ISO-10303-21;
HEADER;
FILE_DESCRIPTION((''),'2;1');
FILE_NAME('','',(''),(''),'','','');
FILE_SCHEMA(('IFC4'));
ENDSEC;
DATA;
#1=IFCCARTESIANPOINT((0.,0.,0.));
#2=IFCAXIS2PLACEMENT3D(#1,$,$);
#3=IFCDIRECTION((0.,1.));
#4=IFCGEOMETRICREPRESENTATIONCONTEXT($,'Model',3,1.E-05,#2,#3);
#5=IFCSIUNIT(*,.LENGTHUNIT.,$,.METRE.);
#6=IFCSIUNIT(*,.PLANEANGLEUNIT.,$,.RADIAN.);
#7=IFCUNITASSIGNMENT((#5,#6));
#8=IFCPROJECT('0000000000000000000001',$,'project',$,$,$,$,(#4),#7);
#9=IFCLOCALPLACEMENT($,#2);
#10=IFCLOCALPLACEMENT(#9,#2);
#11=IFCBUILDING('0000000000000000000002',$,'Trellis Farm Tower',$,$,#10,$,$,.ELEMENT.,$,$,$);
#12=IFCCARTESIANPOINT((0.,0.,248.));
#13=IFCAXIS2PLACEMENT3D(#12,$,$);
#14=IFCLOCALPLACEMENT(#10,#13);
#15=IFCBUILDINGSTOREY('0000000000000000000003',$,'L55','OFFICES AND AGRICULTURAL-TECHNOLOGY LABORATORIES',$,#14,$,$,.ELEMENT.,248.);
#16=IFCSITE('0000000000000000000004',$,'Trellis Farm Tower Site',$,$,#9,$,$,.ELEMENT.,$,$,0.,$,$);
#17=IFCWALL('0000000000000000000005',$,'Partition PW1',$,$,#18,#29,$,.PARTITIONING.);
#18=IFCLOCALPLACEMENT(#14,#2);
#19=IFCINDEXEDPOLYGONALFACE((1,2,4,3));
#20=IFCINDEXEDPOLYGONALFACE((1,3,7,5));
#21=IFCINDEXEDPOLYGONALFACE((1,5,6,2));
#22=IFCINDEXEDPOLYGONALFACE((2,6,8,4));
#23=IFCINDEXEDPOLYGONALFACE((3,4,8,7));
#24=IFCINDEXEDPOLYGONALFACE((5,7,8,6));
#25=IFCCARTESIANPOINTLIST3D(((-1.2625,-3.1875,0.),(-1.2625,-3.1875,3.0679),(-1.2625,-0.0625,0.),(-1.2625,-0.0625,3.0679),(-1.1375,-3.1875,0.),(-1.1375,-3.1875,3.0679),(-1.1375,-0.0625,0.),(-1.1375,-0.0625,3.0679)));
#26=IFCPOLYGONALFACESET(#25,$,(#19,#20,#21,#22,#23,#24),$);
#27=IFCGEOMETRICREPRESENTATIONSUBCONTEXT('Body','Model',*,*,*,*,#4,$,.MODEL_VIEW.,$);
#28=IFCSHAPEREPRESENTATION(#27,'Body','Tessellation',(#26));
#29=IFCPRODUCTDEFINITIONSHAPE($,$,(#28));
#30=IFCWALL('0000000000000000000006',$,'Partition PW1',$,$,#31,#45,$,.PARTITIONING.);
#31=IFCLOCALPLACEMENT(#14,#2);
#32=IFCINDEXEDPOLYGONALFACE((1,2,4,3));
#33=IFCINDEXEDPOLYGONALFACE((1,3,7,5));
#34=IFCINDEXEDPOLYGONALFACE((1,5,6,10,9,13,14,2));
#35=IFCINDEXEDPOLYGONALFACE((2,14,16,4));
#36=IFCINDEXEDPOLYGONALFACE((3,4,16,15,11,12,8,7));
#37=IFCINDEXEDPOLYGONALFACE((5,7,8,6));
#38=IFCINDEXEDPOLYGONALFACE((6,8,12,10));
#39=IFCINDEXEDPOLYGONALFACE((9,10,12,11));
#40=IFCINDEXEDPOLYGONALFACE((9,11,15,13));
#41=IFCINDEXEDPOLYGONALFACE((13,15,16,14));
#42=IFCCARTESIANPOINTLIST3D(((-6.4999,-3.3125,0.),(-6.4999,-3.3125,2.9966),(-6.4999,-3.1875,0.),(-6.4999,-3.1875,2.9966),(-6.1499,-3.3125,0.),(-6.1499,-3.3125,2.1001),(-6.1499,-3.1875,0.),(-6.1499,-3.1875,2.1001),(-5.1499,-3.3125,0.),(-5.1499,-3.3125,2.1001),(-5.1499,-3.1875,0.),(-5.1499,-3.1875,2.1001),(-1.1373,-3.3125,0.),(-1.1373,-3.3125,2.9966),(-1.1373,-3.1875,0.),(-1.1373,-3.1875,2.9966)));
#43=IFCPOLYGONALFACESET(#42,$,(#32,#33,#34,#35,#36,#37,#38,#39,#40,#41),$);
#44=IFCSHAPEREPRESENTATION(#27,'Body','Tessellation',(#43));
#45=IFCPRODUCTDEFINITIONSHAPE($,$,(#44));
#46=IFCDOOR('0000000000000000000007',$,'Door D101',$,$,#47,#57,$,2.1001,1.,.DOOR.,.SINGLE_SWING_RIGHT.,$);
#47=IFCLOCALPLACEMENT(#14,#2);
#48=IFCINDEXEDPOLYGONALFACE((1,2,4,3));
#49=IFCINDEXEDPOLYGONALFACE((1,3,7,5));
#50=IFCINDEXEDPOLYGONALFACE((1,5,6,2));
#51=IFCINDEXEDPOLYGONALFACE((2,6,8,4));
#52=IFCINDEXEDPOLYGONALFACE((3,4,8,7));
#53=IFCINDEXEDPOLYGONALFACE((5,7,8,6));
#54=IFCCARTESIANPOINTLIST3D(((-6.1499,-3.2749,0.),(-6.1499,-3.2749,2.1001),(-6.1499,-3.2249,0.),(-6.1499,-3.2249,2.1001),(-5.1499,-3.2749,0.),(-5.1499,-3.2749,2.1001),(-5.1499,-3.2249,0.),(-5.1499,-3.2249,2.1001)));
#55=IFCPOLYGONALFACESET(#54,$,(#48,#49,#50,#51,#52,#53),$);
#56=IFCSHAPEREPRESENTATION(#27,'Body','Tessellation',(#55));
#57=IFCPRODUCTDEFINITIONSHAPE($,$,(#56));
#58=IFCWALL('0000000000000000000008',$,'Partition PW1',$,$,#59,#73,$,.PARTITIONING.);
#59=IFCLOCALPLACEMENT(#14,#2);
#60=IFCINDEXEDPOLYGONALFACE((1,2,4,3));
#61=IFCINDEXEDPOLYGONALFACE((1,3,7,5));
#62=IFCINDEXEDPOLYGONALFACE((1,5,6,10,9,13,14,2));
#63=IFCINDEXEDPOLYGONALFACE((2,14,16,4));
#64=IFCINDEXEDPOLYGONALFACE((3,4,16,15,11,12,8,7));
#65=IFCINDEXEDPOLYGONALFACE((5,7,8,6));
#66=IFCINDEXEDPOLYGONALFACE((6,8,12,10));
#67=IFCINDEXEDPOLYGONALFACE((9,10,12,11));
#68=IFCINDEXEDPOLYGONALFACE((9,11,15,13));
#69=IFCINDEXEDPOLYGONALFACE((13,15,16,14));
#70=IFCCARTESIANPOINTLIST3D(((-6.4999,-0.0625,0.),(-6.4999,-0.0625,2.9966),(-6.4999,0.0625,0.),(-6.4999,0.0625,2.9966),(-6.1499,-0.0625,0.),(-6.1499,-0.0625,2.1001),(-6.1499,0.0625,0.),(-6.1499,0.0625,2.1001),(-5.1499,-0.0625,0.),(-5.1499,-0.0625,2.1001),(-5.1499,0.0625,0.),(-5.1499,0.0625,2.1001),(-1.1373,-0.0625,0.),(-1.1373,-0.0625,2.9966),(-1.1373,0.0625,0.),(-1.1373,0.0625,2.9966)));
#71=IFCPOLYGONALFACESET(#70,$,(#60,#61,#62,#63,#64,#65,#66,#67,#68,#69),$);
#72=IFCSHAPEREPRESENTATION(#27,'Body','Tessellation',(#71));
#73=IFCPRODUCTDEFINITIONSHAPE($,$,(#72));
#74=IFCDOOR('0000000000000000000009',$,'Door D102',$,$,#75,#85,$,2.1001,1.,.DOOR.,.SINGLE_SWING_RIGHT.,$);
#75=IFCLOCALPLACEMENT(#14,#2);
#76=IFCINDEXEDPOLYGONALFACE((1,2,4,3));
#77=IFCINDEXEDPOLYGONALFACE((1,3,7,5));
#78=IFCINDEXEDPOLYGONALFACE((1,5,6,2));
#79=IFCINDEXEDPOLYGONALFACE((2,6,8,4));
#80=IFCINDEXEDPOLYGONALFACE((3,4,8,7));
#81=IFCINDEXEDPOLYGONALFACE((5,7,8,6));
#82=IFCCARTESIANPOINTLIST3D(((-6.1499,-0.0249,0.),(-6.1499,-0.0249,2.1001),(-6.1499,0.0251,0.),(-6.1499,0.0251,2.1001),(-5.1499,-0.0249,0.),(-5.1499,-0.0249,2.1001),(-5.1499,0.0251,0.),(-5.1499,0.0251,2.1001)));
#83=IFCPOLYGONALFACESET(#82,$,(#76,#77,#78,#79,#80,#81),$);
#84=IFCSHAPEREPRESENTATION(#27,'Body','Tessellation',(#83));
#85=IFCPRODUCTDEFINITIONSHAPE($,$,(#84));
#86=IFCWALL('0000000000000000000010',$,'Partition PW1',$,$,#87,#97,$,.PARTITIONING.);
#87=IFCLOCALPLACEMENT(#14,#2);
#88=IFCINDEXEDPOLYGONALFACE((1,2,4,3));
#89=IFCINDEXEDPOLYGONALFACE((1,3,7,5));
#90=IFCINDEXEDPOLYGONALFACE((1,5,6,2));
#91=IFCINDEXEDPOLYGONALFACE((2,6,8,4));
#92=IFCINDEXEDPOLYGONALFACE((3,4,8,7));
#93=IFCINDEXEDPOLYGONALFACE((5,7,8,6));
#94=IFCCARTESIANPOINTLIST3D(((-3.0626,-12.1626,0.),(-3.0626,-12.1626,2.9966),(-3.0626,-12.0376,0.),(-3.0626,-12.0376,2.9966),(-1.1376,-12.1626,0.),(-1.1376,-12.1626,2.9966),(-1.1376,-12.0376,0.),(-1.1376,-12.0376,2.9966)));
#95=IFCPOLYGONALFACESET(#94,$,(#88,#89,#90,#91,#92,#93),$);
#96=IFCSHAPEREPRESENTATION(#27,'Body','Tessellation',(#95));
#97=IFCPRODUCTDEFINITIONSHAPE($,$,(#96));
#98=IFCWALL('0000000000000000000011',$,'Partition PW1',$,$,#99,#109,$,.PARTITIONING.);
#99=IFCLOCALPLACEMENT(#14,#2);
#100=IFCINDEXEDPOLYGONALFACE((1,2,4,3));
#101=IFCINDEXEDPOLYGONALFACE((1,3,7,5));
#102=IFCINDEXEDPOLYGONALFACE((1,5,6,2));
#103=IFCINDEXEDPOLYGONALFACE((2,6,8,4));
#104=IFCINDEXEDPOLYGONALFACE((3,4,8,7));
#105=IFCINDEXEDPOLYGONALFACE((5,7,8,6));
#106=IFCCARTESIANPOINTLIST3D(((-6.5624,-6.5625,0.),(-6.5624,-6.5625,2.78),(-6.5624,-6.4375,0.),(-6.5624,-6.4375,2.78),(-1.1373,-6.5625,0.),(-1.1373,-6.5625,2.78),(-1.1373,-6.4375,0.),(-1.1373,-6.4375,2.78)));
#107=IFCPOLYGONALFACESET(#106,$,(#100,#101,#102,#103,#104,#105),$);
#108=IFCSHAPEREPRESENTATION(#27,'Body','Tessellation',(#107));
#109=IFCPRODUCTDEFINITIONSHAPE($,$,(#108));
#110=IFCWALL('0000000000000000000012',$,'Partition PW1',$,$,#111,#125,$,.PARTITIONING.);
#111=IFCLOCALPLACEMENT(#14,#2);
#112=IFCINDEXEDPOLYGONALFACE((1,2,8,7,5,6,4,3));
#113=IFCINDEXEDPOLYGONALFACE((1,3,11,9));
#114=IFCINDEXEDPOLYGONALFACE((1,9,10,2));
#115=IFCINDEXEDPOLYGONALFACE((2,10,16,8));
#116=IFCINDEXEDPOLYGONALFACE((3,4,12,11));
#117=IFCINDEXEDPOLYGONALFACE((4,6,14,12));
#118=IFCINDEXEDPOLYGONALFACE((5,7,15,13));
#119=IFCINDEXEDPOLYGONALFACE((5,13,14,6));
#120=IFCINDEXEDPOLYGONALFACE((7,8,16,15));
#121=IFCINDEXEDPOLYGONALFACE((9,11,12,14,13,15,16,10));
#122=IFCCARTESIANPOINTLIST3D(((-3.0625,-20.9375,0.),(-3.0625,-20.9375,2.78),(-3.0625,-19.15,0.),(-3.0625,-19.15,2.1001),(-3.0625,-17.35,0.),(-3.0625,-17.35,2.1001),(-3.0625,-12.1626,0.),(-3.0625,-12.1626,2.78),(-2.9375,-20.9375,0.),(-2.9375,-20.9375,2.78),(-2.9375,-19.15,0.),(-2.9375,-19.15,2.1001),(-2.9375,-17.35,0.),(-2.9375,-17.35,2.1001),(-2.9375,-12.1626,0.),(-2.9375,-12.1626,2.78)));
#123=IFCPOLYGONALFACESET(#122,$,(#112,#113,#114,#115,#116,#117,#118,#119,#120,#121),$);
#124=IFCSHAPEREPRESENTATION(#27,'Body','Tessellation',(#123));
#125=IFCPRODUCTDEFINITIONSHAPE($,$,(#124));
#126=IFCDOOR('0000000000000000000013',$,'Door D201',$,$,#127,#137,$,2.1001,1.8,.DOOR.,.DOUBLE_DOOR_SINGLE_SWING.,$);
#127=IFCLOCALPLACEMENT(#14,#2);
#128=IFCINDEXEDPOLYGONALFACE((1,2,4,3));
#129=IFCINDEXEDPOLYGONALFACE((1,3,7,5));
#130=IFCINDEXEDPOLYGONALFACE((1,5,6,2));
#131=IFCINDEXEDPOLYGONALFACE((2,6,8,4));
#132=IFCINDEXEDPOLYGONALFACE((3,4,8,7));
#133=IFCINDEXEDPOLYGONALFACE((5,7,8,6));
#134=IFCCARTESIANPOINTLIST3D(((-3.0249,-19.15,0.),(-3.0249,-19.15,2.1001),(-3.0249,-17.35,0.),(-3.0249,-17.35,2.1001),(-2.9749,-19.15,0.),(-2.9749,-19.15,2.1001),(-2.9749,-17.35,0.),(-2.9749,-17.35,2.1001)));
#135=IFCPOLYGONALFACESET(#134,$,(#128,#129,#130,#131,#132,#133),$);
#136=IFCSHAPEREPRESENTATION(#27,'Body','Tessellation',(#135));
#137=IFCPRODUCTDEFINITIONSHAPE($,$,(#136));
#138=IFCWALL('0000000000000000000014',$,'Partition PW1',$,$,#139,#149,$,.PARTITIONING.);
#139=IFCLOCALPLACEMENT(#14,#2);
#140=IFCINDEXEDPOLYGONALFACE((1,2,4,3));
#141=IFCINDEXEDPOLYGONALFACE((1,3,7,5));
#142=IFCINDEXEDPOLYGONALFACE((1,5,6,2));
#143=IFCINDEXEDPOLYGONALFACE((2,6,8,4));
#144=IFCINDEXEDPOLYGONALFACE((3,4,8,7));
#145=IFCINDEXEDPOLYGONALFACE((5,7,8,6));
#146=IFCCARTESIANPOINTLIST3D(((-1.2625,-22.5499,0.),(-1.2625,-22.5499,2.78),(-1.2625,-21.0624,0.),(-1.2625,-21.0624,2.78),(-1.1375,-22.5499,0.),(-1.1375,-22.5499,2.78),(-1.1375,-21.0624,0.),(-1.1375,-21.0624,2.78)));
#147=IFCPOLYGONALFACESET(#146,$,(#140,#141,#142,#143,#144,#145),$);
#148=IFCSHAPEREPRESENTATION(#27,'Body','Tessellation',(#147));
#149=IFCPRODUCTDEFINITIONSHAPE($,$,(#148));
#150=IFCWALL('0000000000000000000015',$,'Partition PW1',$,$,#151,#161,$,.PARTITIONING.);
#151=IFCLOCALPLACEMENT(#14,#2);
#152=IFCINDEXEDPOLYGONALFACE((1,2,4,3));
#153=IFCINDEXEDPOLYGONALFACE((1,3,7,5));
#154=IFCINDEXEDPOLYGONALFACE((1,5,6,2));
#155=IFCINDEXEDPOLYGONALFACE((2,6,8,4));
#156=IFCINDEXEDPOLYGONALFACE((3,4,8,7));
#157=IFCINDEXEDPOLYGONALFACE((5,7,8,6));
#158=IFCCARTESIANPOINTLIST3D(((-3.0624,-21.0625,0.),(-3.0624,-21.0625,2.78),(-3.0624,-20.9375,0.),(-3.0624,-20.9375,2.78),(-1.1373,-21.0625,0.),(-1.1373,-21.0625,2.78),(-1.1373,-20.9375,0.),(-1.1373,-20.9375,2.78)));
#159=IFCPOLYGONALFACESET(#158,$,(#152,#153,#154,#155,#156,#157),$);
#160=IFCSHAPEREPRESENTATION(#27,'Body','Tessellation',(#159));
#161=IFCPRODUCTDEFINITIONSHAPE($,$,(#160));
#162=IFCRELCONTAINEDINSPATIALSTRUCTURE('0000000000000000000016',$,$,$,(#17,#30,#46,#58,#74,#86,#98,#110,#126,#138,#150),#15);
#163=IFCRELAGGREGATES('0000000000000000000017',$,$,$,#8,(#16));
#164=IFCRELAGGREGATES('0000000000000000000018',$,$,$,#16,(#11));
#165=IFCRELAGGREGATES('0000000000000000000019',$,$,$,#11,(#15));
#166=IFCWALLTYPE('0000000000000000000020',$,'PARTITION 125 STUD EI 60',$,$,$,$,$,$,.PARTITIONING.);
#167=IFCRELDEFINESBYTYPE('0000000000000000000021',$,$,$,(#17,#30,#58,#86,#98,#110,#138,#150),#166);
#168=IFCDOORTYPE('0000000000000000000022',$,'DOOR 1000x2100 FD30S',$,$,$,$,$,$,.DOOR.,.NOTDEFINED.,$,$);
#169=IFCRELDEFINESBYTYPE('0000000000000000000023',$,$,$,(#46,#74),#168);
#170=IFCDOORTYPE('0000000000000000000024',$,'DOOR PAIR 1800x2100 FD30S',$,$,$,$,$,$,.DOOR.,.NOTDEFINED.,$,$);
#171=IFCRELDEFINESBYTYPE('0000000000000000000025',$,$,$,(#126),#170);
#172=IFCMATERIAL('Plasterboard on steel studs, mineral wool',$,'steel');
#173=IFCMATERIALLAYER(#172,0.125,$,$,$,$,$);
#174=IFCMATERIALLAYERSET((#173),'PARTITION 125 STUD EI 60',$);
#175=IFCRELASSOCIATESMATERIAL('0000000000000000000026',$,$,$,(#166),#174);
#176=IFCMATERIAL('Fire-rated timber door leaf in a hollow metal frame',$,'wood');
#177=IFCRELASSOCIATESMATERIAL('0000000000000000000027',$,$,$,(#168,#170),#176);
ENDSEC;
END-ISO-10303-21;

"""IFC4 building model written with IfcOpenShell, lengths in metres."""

from ifc_helpers import new_model, si_unit, direction, frame, frame_2d, origin, place, context, subcontext, project, spatial, rectangle, extrude, source, transform, mapped, material, layer, layer_set, type_object, element, fill, save


model = new_model("IFC4")

# Units and contexts
model_context = context("Model", 3, precision=1e-05, world=origin(), true_north=direction((0.0, 1.0)))
body_context = subcontext(model_context, "Body", "Model", "MODEL_VIEW")
ifc_project = project(units=[si_unit("LENGTHUNIT", "METRE"), si_unit("PLANEANGLEUNIT", "RADIAN")], contexts=[model_context])

# Site, building, storey
site_placement = place(None, origin())
site = spatial("IfcSite", under=ifc_project, at=site_placement, Name="Trellis Farm Tower Site", CompositionType="ELEMENT", RefElevation=0.0)
building_placement = place(site_placement, origin())
building = spatial("IfcBuilding", under=site, at=building_placement, Name="Trellis Farm Tower", CompositionType="ELEMENT")
storey_placement = place(building_placement, frame((0.0, 0.0, 248.0)))
storey = spatial("IfcBuildingStorey", under=building, at=storey_placement, Name="L55", Description="OFFICES AND AGRICULTURAL-TECHNOLOGY LABORATORIES", CompositionType="ELEMENT", Elevation=248.0)

# Wall
ifc_material_1 = material(Name="Plasterboard on steel studs, mineral wool", Category="steel")
ifc_layer_1 = layer(ifc_material_1, 0.125)
ifc_layer_set_1 = layer_set([ifc_layer_1], Name="PARTITION 125 STUD EI 60")
wall_type_1 = type_object("IfcWallType", Name="PARTITION 125 STUD EI 60", PredefinedType="PARTITIONING", material=ifc_layer_set_1)
shared_shape_1 = source(origin(), body_context, "Body", "SweptSolid", [
    extrude(rectangle(XDim=3.125, YDim=0.125, at=frame_2d((1.5625, 0.0))), origin(), (0.0, 0.0, 1.0), 3.0679),
])
wall_1_placement = place(storey_placement, frame((-1.2, -0.0625, 0.0), z_axis=(0.0, 0.0, 1.0), x_axis=(0.0, -1.0, 0.0)))
element("IfcWall", 1, at=wall_1_placement, inside=storey, type_object=wall_type_1, Name="Partition PW1", PredefinedType="PARTITIONING", context=body_context, shape_type="MappedRepresentation", body=[
    mapped(shared_shape_1, transform((0.0, 0.0, 0.0))),
])

# Walls, openings, doors
shared_shape_2 = source(origin(), body_context, "Body", "SweptSolid", [
    extrude(rectangle(XDim=5.3625, YDim=0.125, at=frame_2d((2.6812, 0.0))), origin(), (0.0, 0.0, 1.0), 2.9966),
])
wall_2_placement = place(storey_placement, frame((-1.1375, -3.25, 0.0), z_axis=(0.0, 0.0, 1.0), x_axis=(-1.0, 0.0, 0.0)))
wall_2 = element("IfcWall", 2, at=wall_2_placement, inside=storey, type_object=wall_type_1, Name="Partition PW1", PredefinedType="PARTITIONING", context=body_context, shape_type="MappedRepresentation", body=[
    mapped(shared_shape_2, transform((0.0, 0.0, 0.0))),
])
shared_shape_3 = source(origin(), body_context, "Body", "SweptSolid", [
    extrude(rectangle(XDim=1.0, YDim=2.1001, at=frame_2d((0.5, 1.05))), frame((0.0, 0.0725, 0.0), z_axis=(0.0, -1.0, 0.0), x_axis=(1.0, 0.0, 0.0)), (0.0, 0.0, 1.0), 0.145),
])
opening_1_placement = place(wall_2_placement, frame((4.0125, 0.0, 0.0)))
opening_1 = element("IfcOpeningElement", 3, at=opening_1_placement, cuts=wall_2, PredefinedType="OPENING", context=body_context, shape_type="MappedRepresentation", body=[
    mapped(shared_shape_3, transform((0.0, 0.0, 0.0))),
])
ifc_material_2 = material(Name="Fire-rated timber door leaf in a hollow metal frame", Category="wood")
door_type_1 = type_object("IfcDoorType", Name="DOOR 1000x2100 FD30S", OperationType="NOTDEFINED", PredefinedType="DOOR", material=ifc_material_2)
shared_shape_4 = source(origin(), body_context, "Body", "SweptSolid", [
    extrude(rectangle(XDim=1.0, YDim=2.1001, at=frame_2d((0.5, 1.05))), frame((0.0, 0.0249, 0.0), z_axis=(0.0, -1.0, 0.0), x_axis=(1.0, 0.0, 0.0)), (0.0, 0.0, 1.0), 0.05),
])
door_1_placement = place(opening_1_placement, origin())
door_1 = element("IfcDoor", 4, at=door_1_placement, inside=storey, type_object=door_type_1, Name="Door D101", OperationType="SINGLE_SWING_RIGHT", OverallHeight=2.1001, OverallWidth=1.0, PredefinedType="DOOR", context=body_context, shape_type="MappedRepresentation", body=[
    mapped(shared_shape_4, transform((0.0, 0.0, 0.0))),
])
fill(opening_1, door_1)
wall_3_placement = place(storey_placement, frame((-1.1375, 0.0, 0.0), z_axis=(0.0, 0.0, 1.0), x_axis=(-1.0, 0.0, 0.0)))
wall_3 = element("IfcWall", 5, at=wall_3_placement, inside=storey, type_object=wall_type_1, Name="Partition PW1", PredefinedType="PARTITIONING", context=body_context, shape_type="MappedRepresentation", body=[
    mapped(shared_shape_2, transform((0.0, 0.0, 0.0))),
])
opening_2_placement = place(wall_3_placement, frame((4.0125, 0.0, 0.0)))
opening_2 = element("IfcOpeningElement", 6, at=opening_2_placement, cuts=wall_3, PredefinedType="OPENING", context=body_context, shape_type="MappedRepresentation", body=[
    mapped(shared_shape_3, transform((0.0, 0.0, 0.0))),
])
door_2_placement = place(opening_2_placement, origin())
door_2 = element("IfcDoor", 7, at=door_2_placement, inside=storey, type_object=door_type_1, Name="Door D102", OperationType="SINGLE_SWING_RIGHT", OverallHeight=2.1001, OverallWidth=1.0, PredefinedType="DOOR", context=body_context, shape_type="MappedRepresentation", body=[
    mapped(shared_shape_4, transform((0.0, 0.0, 0.0))),
])
fill(opening_2, door_2)

# Walls
shared_shape_5 = source(origin(), body_context, "Body", "SweptSolid", [
    extrude(rectangle(XDim=1.925, YDim=0.125, at=frame_2d((0.9624, 0.0))), origin(), (0.0, 0.0, 1.0), 2.9966),
])
wall_4_placement = place(storey_placement, frame((-3.0625, -12.1001, 0.0), z_axis=(0.0, 0.0, 1.0), x_axis=(1.0, 0.0, 0.0)))
element("IfcWall", 8, at=wall_4_placement, inside=storey, type_object=wall_type_1, Name="Partition PW1", PredefinedType="PARTITIONING", context=body_context, shape_type="MappedRepresentation", body=[
    mapped(shared_shape_5, transform((0.0, 0.0, 0.0))),
])
shared_shape_6 = source(origin(), body_context, "Body", "SweptSolid", [
    extrude(rectangle(XDim=5.425, YDim=0.125, at=frame_2d((2.7124, 0.0))), origin(), (0.0, 0.0, 1.0), 2.78),
])
wall_5_placement = place(storey_placement, frame((-1.1375, -6.5, 0.0), z_axis=(0.0, 0.0, 1.0), x_axis=(-1.0, 0.0, 0.0)))
element("IfcWall", 9, at=wall_5_placement, inside=storey, type_object=wall_type_1, Name="Partition PW1", PredefinedType="PARTITIONING", context=body_context, shape_type="MappedRepresentation", body=[
    mapped(shared_shape_6, transform((0.0, 0.0, 0.0))),
])

# Wall, opening, door
shared_shape_7 = source(origin(), body_context, "Body", "SweptSolid", [
    extrude(rectangle(XDim=8.7749, YDim=0.125, at=frame_2d((4.3875, 0.0))), origin(), (0.0, 0.0, 1.0), 2.78),
])
wall_6_placement = place(storey_placement, frame((-3.0, -20.9375, 0.0), z_axis=(0.0, 0.0, 1.0), x_axis=(0.0, 1.0, 0.0)))
wall_6 = element("IfcWall", 10, at=wall_6_placement, inside=storey, type_object=wall_type_1, Name="Partition PW1", PredefinedType="PARTITIONING", context=body_context, shape_type="MappedRepresentation", body=[
    mapped(shared_shape_7, transform((0.0, 0.0, 0.0))),
])
shared_shape_8 = source(origin(), body_context, "Body", "SweptSolid", [
    extrude(rectangle(XDim=1.8, YDim=2.1001, at=frame_2d((0.8999, 1.05))), frame((0.0, 0.0725, 0.0), z_axis=(0.0, -1.0, 0.0), x_axis=(1.0, 0.0, 0.0)), (0.0, 0.0, 1.0), 0.145),
])
opening_3_placement = place(wall_6_placement, frame((1.7876, 0.0, 0.0)))
opening_3 = element("IfcOpeningElement", 11, at=opening_3_placement, cuts=wall_6, PredefinedType="OPENING", context=body_context, shape_type="MappedRepresentation", body=[
    mapped(shared_shape_8, transform((0.0, 0.0, 0.0))),
])
door_type_2 = type_object("IfcDoorType", Name="DOOR PAIR 1800x2100 FD30S", OperationType="NOTDEFINED", PredefinedType="DOOR", material=ifc_material_2)
shared_shape_9 = source(origin(), body_context, "Body", "SweptSolid", [
    extrude(rectangle(XDim=1.8, YDim=2.1001, at=frame_2d((0.8999, 1.05))), frame((0.0, 0.0249, 0.0), z_axis=(0.0, -1.0, 0.0), x_axis=(1.0, 0.0, 0.0)), (0.0, 0.0, 1.0), 0.05),
])
door_3_placement = place(opening_3_placement, origin())
door_3 = element("IfcDoor", 12, at=door_3_placement, inside=storey, type_object=door_type_2, Name="Door D201", OperationType="DOUBLE_DOOR_SINGLE_SWING", OverallHeight=2.1001, OverallWidth=1.8, PredefinedType="DOOR", context=body_context, shape_type="MappedRepresentation", body=[
    mapped(shared_shape_9, transform((0.0, 0.0, 0.0))),
])
fill(opening_3, door_3)

# Walls
shared_shape_10 = source(origin(), body_context, "Body", "SweptSolid", [
    extrude(rectangle(XDim=1.4875, YDim=0.125, at=frame_2d((0.7437, 0.0))), origin(), (0.0, 0.0, 1.0), 2.78),
])
wall_7_placement = place(storey_placement, frame((-1.2, -21.0625, 0.0), z_axis=(0.0, 0.0, 1.0), x_axis=(0.0, -1.0, 0.0)))
element("IfcWall", 13, at=wall_7_placement, inside=storey, type_object=wall_type_1, Name="Partition PW1", PredefinedType="PARTITIONING", context=body_context, shape_type="MappedRepresentation", body=[
    mapped(shared_shape_10, transform((0.0, 0.0, 0.0))),
])
shared_shape_11 = source(origin(), body_context, "Body", "SweptSolid", [
    extrude(rectangle(XDim=1.925, YDim=0.125, at=frame_2d((0.9624, 0.0))), origin(), (0.0, 0.0, 1.0), 2.78),
])
wall_8_placement = place(storey_placement, frame((-1.1375, -21.0, 0.0), z_axis=(0.0, 0.0, 1.0), x_axis=(-1.0, 0.0, 0.0)))
element("IfcWall", 14, at=wall_8_placement, inside=storey, type_object=wall_type_1, Name="Partition PW1", PredefinedType="PARTITIONING", context=body_context, shape_type="MappedRepresentation", body=[
    mapped(shared_shape_11, transform((0.0, 0.0, 0.0))),
])

save(model, "model.ifc")
